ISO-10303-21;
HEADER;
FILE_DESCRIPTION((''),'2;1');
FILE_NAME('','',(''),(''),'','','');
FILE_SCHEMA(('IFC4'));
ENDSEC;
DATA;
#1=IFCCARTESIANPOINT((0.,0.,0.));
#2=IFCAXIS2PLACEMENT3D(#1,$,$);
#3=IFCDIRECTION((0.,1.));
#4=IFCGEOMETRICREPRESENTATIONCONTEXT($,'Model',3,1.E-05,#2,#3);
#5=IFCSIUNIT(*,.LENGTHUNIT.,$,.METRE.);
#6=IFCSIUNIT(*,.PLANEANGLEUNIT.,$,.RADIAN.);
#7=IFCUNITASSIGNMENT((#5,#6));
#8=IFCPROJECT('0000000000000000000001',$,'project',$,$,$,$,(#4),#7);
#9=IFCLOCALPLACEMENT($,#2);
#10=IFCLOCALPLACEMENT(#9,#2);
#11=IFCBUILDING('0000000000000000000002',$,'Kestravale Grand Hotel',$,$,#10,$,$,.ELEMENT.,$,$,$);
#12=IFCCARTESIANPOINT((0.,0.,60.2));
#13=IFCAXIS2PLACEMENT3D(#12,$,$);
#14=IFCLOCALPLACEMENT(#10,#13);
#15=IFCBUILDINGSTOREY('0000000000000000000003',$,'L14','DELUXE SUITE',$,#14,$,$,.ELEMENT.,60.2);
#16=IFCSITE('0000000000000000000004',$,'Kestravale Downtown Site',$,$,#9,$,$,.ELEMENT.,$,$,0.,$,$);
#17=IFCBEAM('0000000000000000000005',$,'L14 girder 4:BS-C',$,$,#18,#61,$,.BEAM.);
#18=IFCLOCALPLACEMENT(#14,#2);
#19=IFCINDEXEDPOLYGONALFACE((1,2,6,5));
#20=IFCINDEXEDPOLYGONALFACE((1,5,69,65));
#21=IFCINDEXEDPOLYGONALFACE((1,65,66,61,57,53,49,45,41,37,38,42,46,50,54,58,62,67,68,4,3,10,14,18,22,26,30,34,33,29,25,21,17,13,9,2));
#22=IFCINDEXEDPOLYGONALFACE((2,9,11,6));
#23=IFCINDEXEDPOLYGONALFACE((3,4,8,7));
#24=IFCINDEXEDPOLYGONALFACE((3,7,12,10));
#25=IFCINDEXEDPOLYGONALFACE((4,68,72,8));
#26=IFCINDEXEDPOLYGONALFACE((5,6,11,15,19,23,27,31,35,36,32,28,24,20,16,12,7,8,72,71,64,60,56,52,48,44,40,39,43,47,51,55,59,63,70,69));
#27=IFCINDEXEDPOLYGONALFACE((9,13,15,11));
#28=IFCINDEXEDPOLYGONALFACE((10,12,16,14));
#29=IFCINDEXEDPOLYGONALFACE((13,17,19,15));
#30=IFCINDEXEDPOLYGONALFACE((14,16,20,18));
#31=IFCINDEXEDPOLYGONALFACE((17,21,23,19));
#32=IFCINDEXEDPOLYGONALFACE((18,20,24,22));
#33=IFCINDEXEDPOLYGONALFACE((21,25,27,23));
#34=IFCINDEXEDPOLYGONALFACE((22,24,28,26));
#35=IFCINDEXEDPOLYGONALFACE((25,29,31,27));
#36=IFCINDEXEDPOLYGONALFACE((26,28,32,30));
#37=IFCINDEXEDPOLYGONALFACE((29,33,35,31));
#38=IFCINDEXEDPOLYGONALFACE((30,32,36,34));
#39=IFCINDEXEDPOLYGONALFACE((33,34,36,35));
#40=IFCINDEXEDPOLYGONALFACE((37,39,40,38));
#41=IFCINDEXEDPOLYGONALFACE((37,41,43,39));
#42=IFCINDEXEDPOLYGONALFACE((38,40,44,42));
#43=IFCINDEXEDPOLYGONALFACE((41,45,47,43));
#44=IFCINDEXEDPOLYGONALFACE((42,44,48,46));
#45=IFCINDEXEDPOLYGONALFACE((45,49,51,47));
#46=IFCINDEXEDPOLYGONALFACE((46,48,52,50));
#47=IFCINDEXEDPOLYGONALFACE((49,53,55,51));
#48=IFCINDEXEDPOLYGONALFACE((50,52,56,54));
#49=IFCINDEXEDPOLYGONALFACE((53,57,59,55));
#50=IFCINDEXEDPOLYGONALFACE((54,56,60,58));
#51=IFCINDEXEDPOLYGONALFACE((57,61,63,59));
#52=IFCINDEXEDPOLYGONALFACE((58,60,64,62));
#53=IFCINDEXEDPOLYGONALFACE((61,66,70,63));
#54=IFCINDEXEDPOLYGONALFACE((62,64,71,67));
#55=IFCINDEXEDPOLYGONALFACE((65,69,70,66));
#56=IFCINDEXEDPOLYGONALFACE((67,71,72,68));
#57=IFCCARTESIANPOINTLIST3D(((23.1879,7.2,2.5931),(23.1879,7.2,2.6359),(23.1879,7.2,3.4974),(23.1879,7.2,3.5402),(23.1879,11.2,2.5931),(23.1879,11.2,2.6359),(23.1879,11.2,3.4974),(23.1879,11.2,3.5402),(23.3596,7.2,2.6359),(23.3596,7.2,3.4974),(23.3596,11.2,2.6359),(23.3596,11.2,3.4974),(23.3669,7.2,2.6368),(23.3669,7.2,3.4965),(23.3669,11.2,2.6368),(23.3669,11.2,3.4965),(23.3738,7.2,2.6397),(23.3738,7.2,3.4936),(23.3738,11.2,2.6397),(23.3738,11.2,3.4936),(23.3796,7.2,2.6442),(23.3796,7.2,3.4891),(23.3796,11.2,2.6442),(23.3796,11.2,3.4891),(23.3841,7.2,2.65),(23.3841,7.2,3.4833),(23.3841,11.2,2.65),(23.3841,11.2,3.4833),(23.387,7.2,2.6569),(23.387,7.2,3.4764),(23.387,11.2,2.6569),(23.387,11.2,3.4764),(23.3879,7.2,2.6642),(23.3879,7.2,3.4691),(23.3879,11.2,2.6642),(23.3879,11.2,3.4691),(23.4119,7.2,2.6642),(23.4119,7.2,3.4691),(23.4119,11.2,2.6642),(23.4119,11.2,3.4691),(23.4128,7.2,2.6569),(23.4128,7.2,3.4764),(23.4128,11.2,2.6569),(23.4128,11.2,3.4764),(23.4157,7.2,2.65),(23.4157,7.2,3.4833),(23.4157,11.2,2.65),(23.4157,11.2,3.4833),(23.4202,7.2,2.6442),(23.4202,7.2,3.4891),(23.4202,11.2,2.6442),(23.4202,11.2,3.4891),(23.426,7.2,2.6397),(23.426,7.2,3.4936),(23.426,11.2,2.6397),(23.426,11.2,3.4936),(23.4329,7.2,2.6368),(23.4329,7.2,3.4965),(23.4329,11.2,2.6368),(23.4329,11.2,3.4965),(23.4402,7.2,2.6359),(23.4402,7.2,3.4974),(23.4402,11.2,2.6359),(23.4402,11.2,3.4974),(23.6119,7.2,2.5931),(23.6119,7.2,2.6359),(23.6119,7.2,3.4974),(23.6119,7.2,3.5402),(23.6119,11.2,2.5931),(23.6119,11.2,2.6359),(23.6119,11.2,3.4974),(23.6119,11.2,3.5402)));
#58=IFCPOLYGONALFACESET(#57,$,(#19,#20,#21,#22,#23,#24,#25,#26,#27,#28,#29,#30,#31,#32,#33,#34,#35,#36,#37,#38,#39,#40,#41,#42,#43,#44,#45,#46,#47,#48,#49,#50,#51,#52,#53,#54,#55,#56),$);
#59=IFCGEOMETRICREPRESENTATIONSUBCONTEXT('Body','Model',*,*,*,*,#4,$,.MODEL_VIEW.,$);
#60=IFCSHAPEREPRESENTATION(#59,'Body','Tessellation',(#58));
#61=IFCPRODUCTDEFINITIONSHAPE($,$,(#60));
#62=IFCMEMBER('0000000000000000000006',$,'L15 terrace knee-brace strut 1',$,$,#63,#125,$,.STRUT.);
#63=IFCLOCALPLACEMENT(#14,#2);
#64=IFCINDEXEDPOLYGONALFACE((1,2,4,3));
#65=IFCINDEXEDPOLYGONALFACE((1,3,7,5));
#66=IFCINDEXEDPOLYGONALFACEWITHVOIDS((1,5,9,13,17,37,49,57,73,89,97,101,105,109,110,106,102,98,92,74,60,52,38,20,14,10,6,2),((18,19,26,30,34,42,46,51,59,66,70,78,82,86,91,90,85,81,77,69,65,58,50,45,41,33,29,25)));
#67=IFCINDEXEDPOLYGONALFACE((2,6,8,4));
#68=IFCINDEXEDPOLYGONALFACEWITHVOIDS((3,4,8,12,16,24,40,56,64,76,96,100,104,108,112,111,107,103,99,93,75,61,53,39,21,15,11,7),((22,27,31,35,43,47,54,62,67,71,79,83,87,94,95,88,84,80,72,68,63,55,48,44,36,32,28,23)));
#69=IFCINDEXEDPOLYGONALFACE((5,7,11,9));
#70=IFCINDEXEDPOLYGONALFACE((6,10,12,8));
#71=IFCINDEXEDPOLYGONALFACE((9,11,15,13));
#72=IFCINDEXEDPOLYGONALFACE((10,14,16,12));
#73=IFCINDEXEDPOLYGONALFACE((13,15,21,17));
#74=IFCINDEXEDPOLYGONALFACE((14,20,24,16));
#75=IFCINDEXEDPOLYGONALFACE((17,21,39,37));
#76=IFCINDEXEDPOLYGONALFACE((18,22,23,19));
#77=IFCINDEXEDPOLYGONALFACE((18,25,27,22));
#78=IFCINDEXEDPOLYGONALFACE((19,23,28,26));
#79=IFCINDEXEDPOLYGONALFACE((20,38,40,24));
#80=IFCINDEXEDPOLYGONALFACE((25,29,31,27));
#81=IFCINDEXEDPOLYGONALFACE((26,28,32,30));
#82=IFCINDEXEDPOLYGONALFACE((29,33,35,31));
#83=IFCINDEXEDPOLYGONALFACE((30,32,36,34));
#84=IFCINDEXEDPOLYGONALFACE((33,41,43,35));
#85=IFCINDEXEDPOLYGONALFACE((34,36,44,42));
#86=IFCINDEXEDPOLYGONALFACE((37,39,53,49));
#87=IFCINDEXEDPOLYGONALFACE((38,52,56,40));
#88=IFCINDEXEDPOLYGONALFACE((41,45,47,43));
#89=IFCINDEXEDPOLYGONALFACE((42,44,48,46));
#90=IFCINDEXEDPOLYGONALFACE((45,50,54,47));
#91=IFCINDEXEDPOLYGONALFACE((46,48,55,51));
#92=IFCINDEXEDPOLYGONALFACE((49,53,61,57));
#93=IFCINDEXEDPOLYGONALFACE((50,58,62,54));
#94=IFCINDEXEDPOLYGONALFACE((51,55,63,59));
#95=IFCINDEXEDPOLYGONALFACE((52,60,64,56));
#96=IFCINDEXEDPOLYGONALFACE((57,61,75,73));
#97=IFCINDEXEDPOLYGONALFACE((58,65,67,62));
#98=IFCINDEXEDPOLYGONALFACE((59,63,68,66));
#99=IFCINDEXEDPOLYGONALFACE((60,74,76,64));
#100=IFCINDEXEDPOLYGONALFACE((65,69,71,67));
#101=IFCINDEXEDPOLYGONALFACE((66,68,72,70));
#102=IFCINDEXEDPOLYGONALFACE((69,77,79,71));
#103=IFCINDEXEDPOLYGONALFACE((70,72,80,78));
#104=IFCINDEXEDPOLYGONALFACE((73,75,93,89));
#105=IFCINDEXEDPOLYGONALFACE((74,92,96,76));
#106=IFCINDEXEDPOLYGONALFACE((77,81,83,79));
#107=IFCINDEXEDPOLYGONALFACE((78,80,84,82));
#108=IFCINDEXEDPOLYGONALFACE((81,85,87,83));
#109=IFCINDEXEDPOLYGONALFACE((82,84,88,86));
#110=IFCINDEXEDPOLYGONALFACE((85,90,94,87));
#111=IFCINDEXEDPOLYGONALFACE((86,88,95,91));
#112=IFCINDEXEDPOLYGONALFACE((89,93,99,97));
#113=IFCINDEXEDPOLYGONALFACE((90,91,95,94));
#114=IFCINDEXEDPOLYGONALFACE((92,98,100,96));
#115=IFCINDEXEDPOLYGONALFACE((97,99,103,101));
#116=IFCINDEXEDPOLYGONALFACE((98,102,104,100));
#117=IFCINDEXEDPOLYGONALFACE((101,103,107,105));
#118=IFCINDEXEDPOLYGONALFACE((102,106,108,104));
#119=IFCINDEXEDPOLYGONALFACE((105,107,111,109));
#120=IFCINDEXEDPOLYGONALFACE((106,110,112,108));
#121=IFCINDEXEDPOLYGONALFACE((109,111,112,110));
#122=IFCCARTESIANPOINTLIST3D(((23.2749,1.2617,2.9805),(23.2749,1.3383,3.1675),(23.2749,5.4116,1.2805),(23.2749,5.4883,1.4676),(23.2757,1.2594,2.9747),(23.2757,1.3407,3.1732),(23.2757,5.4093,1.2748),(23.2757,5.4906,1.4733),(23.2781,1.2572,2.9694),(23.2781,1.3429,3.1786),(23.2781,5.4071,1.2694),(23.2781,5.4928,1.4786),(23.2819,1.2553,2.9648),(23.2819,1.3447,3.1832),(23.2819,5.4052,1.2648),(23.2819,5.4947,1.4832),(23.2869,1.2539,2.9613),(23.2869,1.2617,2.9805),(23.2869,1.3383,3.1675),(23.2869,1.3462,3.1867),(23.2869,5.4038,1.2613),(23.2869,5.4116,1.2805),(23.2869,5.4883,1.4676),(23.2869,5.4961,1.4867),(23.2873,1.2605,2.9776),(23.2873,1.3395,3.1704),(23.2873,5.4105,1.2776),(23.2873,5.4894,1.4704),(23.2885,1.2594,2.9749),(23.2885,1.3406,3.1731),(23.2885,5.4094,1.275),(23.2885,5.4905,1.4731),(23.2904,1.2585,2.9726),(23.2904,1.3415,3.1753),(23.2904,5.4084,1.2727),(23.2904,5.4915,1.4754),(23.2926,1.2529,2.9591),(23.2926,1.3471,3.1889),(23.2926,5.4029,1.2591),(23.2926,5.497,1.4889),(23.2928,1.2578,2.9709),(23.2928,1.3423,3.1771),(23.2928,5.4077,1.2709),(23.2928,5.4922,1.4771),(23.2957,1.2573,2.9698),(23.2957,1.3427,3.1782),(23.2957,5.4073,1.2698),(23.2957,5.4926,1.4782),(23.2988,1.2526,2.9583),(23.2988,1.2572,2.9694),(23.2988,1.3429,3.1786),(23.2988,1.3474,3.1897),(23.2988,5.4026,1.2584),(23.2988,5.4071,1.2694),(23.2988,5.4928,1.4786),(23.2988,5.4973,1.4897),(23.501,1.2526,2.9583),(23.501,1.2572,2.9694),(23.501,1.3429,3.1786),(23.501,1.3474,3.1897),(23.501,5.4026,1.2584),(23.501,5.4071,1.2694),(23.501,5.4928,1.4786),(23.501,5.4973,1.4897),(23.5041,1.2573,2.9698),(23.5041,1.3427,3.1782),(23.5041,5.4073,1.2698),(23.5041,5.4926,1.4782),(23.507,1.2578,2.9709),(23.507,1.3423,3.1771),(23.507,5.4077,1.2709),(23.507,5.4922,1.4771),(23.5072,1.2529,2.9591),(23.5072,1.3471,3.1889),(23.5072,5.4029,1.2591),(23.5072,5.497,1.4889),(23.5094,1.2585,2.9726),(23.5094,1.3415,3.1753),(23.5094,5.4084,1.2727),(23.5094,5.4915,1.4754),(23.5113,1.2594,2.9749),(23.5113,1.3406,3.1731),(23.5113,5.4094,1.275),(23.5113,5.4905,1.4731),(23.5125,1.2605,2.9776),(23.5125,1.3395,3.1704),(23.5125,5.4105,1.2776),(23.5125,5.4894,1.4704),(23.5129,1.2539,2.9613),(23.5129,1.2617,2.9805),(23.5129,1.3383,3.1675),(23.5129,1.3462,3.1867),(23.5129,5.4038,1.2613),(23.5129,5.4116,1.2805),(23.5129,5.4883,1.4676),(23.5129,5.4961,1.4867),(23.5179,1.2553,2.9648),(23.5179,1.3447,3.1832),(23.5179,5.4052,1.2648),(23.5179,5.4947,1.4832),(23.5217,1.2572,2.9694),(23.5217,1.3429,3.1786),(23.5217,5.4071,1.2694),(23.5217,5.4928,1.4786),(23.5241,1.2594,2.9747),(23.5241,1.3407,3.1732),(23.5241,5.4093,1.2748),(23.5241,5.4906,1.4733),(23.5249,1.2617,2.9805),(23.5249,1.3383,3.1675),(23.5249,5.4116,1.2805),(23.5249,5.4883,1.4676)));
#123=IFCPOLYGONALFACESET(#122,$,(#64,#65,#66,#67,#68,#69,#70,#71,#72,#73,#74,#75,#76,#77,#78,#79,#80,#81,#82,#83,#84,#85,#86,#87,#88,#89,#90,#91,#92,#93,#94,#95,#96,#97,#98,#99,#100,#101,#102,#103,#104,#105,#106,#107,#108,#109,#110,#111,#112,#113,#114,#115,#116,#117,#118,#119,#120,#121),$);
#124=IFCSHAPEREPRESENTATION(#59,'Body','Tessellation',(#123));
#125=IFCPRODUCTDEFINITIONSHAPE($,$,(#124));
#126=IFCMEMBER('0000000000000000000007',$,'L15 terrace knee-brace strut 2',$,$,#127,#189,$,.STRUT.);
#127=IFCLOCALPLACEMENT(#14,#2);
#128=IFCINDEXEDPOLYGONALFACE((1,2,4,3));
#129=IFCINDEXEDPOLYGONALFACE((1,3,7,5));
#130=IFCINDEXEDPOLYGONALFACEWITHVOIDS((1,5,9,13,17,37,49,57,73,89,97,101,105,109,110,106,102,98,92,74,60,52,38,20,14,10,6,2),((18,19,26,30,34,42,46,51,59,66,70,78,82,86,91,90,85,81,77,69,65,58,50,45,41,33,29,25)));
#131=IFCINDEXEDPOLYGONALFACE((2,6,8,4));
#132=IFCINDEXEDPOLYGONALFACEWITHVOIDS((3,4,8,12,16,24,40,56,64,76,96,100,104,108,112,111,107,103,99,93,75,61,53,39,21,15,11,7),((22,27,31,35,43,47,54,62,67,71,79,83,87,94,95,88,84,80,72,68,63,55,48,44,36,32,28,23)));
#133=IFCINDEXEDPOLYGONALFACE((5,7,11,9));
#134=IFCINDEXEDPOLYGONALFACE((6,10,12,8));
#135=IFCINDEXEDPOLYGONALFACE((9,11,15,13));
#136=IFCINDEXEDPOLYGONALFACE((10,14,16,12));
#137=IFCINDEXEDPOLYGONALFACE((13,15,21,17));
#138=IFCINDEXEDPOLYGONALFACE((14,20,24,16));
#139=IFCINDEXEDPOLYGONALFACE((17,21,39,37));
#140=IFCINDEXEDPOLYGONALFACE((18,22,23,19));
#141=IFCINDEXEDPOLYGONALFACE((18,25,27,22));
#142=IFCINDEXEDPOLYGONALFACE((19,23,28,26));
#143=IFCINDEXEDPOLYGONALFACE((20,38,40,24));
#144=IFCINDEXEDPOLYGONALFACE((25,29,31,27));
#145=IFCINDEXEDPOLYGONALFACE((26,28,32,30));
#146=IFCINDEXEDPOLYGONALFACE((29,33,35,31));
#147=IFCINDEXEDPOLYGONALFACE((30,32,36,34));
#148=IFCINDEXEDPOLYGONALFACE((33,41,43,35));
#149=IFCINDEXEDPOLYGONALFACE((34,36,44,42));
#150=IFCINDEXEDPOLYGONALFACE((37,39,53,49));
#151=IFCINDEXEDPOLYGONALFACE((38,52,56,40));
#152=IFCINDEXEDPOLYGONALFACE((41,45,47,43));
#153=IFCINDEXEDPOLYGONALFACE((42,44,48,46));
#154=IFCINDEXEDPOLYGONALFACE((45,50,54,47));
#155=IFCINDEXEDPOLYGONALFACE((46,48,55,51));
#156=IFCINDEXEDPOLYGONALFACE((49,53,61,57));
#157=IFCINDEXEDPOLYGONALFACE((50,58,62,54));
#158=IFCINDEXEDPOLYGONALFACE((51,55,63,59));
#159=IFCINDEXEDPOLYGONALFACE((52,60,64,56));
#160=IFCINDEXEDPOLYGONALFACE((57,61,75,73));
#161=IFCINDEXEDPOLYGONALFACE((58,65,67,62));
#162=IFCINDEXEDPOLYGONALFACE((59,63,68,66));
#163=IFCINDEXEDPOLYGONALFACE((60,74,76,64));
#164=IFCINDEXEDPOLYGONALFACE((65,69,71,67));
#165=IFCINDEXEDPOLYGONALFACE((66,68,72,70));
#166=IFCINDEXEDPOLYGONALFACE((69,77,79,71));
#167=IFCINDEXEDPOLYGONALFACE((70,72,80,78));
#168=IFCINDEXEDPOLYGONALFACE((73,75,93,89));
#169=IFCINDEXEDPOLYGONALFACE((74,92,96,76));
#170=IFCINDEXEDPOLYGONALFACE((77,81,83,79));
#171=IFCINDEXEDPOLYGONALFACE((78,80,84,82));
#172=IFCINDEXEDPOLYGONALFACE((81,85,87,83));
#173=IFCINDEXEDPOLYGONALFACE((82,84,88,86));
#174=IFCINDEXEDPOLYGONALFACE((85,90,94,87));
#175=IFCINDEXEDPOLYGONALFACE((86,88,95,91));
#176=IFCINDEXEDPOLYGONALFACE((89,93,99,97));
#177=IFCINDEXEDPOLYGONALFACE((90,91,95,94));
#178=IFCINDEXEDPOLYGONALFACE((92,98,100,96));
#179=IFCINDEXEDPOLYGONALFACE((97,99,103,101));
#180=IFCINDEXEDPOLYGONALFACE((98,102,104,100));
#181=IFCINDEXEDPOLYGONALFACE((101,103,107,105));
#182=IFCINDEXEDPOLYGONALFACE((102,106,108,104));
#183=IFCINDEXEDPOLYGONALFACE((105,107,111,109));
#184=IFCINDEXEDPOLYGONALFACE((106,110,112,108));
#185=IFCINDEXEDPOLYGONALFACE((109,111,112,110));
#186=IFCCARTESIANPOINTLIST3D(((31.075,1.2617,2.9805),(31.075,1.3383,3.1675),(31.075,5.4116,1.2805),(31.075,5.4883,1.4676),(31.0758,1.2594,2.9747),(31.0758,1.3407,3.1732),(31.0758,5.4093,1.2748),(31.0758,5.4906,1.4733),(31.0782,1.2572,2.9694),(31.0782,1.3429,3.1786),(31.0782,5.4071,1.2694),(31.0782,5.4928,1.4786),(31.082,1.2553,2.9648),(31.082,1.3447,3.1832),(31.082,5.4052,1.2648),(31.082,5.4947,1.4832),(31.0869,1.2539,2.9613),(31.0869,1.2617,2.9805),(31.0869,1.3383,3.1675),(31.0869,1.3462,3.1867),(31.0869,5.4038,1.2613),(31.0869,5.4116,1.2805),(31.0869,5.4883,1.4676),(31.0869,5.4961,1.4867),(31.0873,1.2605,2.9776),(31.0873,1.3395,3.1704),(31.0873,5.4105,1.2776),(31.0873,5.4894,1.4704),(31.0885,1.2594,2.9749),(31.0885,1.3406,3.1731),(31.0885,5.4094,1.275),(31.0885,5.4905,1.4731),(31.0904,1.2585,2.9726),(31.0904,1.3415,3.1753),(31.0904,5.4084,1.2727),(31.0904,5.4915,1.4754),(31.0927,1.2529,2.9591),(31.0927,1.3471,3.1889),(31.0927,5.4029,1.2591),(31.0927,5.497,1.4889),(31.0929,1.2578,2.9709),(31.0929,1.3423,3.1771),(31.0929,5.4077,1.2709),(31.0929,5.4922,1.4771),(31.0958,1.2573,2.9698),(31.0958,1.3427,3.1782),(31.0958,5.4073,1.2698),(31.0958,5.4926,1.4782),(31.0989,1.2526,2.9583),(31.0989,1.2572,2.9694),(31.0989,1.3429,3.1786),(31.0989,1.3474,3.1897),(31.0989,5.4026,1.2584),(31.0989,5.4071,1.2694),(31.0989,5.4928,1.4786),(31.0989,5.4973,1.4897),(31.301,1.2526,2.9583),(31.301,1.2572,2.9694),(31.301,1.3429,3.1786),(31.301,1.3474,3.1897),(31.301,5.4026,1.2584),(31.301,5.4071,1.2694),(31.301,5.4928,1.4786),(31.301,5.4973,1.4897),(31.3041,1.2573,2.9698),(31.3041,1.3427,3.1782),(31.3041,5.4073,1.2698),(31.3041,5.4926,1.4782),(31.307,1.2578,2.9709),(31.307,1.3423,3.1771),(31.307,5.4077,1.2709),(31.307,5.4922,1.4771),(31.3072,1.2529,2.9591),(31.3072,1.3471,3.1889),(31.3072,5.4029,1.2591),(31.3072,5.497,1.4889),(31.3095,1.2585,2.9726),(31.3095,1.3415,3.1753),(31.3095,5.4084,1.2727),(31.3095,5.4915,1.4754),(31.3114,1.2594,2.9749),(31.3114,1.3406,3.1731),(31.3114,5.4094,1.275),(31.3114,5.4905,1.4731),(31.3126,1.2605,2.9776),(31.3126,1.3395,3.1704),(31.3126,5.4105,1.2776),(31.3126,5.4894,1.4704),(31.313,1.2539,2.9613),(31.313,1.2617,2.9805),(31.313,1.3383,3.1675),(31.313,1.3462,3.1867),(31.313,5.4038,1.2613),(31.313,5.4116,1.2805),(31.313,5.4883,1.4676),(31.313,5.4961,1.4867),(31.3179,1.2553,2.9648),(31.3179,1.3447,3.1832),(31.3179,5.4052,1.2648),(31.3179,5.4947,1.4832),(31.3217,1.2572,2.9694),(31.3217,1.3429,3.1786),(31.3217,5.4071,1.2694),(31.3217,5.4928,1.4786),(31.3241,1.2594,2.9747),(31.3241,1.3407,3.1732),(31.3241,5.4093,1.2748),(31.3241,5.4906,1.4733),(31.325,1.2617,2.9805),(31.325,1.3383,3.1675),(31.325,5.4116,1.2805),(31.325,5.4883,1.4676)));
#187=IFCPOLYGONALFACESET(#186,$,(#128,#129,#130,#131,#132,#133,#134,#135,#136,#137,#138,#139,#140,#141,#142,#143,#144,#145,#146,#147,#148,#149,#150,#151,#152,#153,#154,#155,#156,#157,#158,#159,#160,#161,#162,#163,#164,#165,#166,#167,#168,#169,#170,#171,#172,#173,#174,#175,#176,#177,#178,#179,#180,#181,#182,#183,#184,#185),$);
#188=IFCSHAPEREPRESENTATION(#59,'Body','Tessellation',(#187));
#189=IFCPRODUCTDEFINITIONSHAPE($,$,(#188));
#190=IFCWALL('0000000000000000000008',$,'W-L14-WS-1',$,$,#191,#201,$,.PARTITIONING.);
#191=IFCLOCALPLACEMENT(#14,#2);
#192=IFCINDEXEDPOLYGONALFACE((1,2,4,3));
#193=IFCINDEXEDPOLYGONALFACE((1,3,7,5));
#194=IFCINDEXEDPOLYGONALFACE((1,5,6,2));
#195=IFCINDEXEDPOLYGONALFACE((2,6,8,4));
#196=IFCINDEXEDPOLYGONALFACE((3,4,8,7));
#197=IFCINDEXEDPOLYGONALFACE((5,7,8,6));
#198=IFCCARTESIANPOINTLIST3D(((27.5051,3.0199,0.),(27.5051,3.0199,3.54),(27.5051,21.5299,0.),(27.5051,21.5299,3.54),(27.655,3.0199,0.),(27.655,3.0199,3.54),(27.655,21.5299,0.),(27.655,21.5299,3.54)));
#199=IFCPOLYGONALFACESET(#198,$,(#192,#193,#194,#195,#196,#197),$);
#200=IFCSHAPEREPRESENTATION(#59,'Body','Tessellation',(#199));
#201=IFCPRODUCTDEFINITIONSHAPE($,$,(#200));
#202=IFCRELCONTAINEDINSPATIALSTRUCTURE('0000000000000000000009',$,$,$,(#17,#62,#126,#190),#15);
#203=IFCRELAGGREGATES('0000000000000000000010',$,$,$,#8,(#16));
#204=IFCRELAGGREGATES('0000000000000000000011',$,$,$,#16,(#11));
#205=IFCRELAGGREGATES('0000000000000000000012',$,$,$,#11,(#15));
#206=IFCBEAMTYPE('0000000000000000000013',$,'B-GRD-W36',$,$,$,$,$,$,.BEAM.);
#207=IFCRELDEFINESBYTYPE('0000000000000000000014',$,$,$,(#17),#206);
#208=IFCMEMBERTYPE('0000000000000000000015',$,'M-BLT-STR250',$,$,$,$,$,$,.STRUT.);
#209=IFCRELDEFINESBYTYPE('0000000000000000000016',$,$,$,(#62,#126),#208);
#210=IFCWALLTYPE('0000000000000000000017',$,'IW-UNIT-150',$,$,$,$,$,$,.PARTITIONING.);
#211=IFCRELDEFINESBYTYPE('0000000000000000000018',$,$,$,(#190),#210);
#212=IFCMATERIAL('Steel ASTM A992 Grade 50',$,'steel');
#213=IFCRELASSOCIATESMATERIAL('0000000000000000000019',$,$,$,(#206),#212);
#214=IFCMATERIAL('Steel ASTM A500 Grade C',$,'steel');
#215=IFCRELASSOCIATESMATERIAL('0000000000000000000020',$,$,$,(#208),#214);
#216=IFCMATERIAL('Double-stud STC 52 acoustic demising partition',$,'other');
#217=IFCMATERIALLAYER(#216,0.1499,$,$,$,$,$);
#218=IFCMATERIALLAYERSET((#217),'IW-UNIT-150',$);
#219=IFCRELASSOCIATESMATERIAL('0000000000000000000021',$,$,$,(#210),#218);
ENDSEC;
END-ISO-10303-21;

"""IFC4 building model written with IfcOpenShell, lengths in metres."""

from ifc_helpers import new_model, si_unit, direction, frame, frame_2d, origin, origin_2d, place, context, subcontext, project, spatial, rectangle, hollow_rectangle, i_section, extrude, material, layer, layer_set, material_profile, profile_set, type_object, element, save


model = new_model("IFC4")

# Units and contexts
model_context = context("Model", 3, precision=1e-05, world=origin(), true_north=direction((0.0, 1.0)))
body_context = subcontext(model_context, "Body", "Model", "MODEL_VIEW")
ifc_project = project(units=[si_unit("LENGTHUNIT", "METRE"), si_unit("PLANEANGLEUNIT", "RADIAN")], contexts=[model_context])

# Site, building, storey
site_placement = place(None, origin())
site = spatial("IfcSite", under=ifc_project, at=site_placement, Name="Kestravale Downtown Site", CompositionType="ELEMENT", RefElevation=0.0)
building_placement = place(site_placement, origin())
building = spatial("IfcBuilding", under=site, at=building_placement, Name="Kestravale Grand Hotel", CompositionType="ELEMENT")
storey_placement = place(building_placement, frame((0.0, 0.0, 60.2)))
storey = spatial("IfcBuildingStorey", under=building, at=storey_placement, Name="L14", Description="DELUXE SUITE", CompositionType="ELEMENT", Elevation=60.2)

# Beam
ifc_material_1 = material(Name="Steel ASTM A992 Grade 50", Category="steel")
ifc_material_profile_1 = material_profile(ifc_material_1, i_section(OverallWidth=0.4241, OverallDepth=0.947, WebThickness=0.0239, FlangeThickness=0.0427, FilletRadius=0.0283, at=origin_2d()))
ifc_profile_set_1 = profile_set([ifc_material_profile_1], Name="Steel ASTM A992 Grade 50")
beam_type_1 = type_object("IfcBeamType", Name="B-GRD-W36", PredefinedType="BEAM", material=ifc_profile_set_1)
beam_1_placement = place(storey_placement, frame((23.3999, 7.2, 3.0667), z_axis=(0.0, 1.0, 0.0), x_axis=(-1.0, 0.0, 0.0)))
element("IfcBeam", 1, at=beam_1_placement, inside=storey, type_object=beam_type_1, Name="L14 girder 4:BS-C", PredefinedType="BEAM", context=body_context, shape_type="SweptSolid", body=[
    extrude(i_section(OverallWidth=0.4241, OverallDepth=0.947, WebThickness=0.0239, FlangeThickness=0.0427, FilletRadius=0.0283, at=origin_2d()), origin(), (0.0, 0.0, 1.0), 4.0),
])

# Members
ifc_material_2 = material(Name="Steel ASTM A500 Grade C", Category="steel")
ifc_material_profile_2 = material_profile(ifc_material_2, hollow_rectangle(XDim=0.25, YDim=0.25, WallThickness=0.012, InnerFilletRadius=0.012, OuterFilletRadius=0.0239, at=origin_2d()))
ifc_profile_set_2 = profile_set([ifc_material_profile_2], Name="Steel ASTM A500 Grade C")
member_type = type_object("IfcMemberType", Name="M-BLT-STR250", PredefinedType="STRUT", material=ifc_profile_set_2)
for number, where, z_axis, x_axis, name in (
    (2, (23.3999, 5.45, 1.374), (0.0, -0.92537, 0.379065), (1.0, 0.0, 0.0), "L15 terrace knee-brace strut 1"),
    (3, (31.2, 5.45, 1.374), (0.0, -0.92537, 0.379065), (1.0, 0.0, 0.0), "L15 terrace knee-brace strut 2"),
):
    element("IfcMember", number, at=place(storey_placement, frame(where, z_axis=z_axis, x_axis=x_axis)), inside=storey, type_object=member_type, Name=name, PredefinedType="STRUT", context=body_context, shape_type="SweptSolid", body=[
        extrude(hollow_rectangle(XDim=0.25, YDim=0.25, WallThickness=0.012, InnerFilletRadius=0.012, OuterFilletRadius=0.0239, at=origin_2d()), origin(), (0.0, 0.0, 1.0), 4.4846),
    ])

# Wall
ifc_material_3 = material(Name="Double-stud STC 52 acoustic demising partition", Category="other")
ifc_layer = layer(ifc_material_3, 0.1499)
ifc_layer_set = layer_set([ifc_layer], Name="IW-UNIT-150")
wall_type = type_object("IfcWallType", Name="IW-UNIT-150", PredefinedType="PARTITIONING", material=ifc_layer_set)
wall_1_placement = place(storey_placement, frame((27.5801, 3.02, 0.0), z_axis=(0.0, 0.0, 1.0), x_axis=(0.0, 1.0, 0.0)))
element("IfcWall", 4, at=wall_1_placement, inside=storey, type_object=wall_type, Name="W-L14-WS-1", PredefinedType="PARTITIONING", context=body_context, shape_type="SweptSolid", body=[
    extrude(rectangle(XDim=18.51, YDim=0.1499, at=frame_2d((9.2549, 0.0))), origin(), (0.0, 0.0, 1.0), 3.54),
])

save(model, "model.ifc")
